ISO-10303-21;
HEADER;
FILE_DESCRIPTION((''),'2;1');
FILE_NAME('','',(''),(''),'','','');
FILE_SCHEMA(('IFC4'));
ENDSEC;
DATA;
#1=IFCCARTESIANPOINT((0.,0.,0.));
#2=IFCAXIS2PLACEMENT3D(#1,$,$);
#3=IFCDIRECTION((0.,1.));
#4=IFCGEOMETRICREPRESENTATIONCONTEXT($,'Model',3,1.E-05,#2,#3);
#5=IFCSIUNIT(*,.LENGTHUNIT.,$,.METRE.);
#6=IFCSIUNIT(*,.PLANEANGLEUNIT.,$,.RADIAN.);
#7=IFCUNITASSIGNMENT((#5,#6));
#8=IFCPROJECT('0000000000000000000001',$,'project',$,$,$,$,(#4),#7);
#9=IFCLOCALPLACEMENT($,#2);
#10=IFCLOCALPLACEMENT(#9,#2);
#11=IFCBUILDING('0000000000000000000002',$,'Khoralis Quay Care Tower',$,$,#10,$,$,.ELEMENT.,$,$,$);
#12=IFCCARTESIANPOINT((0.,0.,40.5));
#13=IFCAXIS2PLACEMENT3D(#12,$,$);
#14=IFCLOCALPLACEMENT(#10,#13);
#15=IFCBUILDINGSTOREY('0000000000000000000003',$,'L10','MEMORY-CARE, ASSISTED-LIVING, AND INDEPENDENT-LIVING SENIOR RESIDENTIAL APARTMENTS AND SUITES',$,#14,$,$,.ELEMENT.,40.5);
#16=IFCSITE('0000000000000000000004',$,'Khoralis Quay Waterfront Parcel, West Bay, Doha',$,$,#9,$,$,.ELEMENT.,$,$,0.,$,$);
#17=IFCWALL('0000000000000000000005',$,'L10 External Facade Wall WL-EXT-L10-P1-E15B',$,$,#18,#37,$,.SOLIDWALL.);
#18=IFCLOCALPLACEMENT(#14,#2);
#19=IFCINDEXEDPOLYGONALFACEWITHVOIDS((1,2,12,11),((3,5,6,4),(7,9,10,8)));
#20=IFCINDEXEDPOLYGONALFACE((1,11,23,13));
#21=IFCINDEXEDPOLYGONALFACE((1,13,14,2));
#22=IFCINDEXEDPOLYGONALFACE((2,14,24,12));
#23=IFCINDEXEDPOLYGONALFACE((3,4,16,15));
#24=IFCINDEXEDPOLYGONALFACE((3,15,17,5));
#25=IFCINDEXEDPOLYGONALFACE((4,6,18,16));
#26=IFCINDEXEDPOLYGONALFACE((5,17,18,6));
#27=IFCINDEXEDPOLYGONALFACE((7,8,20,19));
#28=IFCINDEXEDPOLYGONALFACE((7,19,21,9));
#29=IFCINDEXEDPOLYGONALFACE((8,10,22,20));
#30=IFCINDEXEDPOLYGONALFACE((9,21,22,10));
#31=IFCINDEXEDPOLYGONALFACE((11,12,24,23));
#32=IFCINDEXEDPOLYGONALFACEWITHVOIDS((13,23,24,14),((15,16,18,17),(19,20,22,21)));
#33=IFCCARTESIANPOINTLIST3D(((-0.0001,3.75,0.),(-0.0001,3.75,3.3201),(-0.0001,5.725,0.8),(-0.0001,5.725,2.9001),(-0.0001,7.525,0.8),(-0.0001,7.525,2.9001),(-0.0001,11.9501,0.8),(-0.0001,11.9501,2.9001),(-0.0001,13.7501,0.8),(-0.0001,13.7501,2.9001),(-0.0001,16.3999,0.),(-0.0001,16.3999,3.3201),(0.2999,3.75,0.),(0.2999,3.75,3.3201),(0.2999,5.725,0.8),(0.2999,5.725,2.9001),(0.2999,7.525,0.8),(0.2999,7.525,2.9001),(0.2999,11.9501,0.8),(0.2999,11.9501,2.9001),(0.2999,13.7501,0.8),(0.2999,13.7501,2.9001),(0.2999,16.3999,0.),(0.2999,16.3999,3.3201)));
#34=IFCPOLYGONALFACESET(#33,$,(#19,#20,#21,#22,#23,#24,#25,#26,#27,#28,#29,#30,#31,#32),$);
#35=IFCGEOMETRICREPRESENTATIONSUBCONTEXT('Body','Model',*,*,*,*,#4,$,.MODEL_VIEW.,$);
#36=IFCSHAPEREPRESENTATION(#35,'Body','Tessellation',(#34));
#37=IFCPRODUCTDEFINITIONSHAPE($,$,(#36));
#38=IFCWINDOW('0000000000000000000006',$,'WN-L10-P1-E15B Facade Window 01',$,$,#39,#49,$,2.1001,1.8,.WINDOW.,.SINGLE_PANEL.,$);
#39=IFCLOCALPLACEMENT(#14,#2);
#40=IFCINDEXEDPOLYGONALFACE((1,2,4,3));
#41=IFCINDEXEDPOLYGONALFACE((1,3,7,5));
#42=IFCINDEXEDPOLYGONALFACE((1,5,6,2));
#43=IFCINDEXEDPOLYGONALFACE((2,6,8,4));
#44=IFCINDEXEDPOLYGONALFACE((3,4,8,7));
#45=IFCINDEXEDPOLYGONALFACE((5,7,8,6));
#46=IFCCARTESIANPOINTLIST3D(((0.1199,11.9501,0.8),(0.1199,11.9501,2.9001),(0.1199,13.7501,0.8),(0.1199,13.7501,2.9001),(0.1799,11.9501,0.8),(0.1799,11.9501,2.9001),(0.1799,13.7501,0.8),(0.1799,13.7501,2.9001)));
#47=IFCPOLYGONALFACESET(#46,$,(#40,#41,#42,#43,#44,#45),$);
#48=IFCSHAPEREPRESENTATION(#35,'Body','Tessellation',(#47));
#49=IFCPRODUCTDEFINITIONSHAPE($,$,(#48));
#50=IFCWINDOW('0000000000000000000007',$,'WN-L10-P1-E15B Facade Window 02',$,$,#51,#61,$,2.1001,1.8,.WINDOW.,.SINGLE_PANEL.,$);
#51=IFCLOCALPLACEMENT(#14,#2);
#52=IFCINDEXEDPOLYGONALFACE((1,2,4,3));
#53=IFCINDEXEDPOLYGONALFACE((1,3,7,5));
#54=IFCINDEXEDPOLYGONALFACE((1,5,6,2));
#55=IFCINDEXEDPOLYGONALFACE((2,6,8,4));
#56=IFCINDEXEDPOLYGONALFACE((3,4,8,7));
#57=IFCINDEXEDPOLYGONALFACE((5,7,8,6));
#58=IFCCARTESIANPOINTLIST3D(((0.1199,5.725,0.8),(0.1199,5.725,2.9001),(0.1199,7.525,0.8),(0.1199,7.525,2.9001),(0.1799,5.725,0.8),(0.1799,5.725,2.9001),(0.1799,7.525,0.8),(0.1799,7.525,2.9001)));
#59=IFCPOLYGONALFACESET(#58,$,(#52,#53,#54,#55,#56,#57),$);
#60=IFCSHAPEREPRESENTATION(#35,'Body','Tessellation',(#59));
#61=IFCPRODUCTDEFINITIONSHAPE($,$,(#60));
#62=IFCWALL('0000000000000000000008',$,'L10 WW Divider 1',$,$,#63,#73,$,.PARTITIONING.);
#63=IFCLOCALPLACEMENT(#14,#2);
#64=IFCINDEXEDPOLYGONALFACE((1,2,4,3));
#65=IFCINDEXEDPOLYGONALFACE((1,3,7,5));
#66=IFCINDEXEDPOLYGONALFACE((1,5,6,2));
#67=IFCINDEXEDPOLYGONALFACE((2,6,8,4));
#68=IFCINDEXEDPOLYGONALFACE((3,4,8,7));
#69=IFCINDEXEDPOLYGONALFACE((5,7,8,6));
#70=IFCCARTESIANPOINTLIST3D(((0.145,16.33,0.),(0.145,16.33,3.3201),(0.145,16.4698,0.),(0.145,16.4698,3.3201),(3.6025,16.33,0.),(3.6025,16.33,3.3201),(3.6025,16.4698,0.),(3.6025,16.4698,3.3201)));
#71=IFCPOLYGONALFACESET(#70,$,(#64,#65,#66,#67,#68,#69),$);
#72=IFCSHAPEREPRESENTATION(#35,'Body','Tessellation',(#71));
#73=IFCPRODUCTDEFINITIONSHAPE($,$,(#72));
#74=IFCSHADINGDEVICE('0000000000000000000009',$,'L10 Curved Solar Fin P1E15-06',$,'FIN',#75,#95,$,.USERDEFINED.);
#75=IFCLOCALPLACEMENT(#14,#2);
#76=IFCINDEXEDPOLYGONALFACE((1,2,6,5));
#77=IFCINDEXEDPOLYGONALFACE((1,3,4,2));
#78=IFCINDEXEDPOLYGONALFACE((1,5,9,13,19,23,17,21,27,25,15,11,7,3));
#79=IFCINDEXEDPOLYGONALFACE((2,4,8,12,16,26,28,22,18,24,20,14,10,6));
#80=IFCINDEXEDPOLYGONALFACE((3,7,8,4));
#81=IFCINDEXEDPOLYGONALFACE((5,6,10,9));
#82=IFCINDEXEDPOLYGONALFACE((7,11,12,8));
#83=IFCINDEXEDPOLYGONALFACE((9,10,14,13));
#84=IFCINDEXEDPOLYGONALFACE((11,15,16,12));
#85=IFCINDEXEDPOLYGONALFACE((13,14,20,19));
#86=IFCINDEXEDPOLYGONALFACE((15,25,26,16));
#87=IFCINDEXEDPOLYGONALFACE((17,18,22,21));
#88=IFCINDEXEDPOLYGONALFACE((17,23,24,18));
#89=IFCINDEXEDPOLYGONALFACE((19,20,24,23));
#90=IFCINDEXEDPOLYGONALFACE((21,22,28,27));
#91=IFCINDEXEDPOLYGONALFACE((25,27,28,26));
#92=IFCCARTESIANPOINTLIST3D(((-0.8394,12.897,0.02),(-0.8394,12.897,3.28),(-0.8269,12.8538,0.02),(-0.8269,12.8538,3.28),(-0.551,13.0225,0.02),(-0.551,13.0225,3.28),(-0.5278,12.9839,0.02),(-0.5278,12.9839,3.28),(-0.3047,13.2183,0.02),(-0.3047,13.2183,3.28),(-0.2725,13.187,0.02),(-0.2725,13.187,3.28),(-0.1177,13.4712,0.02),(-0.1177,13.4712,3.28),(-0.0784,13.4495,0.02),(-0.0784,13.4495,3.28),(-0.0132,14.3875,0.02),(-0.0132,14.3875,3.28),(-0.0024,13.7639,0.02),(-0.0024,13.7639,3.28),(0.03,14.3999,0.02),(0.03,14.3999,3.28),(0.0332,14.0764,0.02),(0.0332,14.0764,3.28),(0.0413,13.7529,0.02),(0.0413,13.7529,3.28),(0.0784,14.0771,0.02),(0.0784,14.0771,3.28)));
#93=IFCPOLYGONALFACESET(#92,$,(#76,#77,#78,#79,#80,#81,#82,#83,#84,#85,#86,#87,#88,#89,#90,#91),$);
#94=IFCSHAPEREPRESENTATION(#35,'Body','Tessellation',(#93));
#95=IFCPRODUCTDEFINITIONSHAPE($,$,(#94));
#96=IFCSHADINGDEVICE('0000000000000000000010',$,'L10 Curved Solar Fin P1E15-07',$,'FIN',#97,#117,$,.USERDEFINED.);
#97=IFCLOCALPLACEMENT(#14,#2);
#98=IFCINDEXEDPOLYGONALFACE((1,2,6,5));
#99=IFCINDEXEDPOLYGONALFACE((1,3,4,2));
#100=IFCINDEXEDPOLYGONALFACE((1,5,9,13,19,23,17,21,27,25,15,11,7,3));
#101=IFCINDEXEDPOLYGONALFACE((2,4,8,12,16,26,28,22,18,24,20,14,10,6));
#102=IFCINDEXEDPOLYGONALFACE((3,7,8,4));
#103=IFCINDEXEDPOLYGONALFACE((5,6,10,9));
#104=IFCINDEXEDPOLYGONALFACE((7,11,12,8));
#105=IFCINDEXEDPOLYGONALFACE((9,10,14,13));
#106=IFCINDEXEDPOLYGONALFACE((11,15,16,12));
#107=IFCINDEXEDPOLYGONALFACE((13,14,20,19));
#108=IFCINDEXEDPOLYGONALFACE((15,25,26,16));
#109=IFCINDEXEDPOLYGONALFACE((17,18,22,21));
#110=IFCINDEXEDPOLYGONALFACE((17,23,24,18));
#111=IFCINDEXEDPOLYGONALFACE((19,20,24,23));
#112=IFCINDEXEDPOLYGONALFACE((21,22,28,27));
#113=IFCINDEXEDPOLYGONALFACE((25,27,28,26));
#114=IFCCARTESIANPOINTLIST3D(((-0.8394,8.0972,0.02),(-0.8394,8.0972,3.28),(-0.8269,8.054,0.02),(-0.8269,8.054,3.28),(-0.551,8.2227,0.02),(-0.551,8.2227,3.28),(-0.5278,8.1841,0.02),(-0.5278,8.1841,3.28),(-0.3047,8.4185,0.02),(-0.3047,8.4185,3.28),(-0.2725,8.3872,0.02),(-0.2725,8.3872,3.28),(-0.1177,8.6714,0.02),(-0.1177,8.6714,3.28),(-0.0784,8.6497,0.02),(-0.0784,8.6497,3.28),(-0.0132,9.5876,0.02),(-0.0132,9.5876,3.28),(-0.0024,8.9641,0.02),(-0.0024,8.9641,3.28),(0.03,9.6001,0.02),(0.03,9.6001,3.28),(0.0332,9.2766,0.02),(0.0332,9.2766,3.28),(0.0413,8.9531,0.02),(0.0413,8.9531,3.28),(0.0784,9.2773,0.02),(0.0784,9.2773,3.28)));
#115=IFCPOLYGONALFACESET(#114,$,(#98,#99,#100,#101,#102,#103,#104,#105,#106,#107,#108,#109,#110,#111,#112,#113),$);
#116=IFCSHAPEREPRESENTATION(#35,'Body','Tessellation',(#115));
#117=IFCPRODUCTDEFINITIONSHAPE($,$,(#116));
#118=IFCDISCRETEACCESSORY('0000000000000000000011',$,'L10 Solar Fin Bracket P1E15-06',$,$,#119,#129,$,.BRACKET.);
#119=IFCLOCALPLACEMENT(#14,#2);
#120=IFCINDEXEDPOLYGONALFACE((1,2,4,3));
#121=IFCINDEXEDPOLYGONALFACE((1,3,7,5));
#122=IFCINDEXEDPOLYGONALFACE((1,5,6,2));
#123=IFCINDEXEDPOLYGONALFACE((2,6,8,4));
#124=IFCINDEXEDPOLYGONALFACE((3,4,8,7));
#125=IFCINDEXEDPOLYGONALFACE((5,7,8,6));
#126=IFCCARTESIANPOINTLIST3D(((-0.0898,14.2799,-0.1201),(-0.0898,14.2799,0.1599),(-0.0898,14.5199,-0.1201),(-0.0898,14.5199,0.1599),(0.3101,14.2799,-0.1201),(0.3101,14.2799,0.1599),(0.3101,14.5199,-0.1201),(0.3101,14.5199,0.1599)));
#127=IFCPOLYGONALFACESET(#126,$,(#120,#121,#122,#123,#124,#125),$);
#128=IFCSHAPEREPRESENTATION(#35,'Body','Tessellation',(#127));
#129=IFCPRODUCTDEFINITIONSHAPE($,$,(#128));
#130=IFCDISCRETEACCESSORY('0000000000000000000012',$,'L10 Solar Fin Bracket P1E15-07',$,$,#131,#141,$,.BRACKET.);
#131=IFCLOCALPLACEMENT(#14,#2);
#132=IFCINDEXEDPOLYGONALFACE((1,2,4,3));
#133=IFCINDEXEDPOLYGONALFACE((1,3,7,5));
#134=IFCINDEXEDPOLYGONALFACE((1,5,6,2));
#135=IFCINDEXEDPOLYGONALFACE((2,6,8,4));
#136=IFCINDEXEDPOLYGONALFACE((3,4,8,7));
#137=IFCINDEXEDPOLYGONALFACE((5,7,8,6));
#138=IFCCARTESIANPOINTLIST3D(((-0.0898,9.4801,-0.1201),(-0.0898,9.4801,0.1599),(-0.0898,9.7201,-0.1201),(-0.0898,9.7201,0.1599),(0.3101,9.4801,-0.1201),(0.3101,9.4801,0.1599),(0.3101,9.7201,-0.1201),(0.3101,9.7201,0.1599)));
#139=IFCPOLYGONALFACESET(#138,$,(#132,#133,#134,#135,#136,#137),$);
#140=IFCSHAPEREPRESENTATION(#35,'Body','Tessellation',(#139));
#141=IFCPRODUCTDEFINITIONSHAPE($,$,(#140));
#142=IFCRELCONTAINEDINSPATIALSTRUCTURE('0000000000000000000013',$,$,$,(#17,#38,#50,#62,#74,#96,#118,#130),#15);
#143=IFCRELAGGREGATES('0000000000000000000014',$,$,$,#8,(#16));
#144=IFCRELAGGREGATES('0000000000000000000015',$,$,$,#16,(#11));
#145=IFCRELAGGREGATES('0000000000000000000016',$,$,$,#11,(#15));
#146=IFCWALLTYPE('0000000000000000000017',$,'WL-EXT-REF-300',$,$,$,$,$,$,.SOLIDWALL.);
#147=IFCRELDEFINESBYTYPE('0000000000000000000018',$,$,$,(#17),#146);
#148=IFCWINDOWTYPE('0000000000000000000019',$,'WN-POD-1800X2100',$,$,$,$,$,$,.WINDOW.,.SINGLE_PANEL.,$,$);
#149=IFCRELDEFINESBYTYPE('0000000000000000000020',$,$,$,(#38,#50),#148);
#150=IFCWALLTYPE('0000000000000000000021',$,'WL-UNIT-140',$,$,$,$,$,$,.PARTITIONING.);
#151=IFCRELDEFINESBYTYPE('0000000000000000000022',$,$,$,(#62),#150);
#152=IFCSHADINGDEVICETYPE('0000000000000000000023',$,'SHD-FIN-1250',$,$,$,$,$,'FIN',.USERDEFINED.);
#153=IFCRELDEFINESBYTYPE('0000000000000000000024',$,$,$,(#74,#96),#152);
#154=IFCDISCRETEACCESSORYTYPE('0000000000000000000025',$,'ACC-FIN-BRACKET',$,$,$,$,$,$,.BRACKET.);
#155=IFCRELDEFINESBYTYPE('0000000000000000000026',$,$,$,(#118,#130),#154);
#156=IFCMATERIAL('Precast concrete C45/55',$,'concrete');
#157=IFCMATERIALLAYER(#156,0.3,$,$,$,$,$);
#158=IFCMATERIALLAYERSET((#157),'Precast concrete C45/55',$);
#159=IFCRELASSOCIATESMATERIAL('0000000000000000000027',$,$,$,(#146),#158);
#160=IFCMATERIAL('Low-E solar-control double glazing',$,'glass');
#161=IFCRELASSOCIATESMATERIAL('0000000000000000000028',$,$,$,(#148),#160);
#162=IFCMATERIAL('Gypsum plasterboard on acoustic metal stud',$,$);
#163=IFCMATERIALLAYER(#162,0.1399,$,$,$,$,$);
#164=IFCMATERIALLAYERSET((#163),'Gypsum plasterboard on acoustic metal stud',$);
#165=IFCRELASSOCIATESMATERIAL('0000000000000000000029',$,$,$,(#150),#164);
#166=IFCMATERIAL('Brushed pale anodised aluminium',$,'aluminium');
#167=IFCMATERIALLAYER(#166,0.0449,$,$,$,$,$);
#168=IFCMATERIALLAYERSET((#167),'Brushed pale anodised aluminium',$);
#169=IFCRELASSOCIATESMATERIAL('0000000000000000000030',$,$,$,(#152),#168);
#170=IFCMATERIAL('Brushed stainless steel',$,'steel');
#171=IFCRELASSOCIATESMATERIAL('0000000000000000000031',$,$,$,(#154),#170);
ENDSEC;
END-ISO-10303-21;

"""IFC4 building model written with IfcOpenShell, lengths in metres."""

from ifc_helpers import new_model, si_unit, direction, frame, frame_2d, origin, origin_2d, place, context, subcontext, project, spatial, polyline, rectangle, outline, extrude, source, transform, mapped, material, layer, layer_set, type_object, element, fill, save


model = new_model("IFC4")

# Units and contexts
model_context = context("Model", 3, precision=1e-05, world=origin(), true_north=direction((0.0, 1.0)))
body_context = subcontext(model_context, "Body", "Model", "MODEL_VIEW")
ifc_project = project(units=[si_unit("LENGTHUNIT", "METRE"), si_unit("PLANEANGLEUNIT", "RADIAN")], contexts=[model_context])

# Site, building, storey
site_placement = place(None, origin())
site = spatial("IfcSite", under=ifc_project, at=site_placement, Name="Khoralis Quay Waterfront Parcel, West Bay, Doha", CompositionType="ELEMENT", RefElevation=0.0)
building_placement = place(site_placement, origin())
building = spatial("IfcBuilding", under=site, at=building_placement, Name="Khoralis Quay Care Tower", CompositionType="ELEMENT")
storey_placement = place(building_placement, frame((0.0, 0.0, 40.5)))
storey = spatial("IfcBuildingStorey", under=building, at=storey_placement, Name="L10", Description="MEMORY-CARE, ASSISTED-LIVING, AND INDEPENDENT-LIVING SENIOR RESIDENTIAL APARTMENTS AND SUITES", CompositionType="ELEMENT", Elevation=40.5)

# Shared definitions
ifc_material_1 = material(Name="Gypsum plasterboard on acoustic metal stud")

# Wall, openings, windows
ifc_material_2 = material(Name="Precast concrete C45/55", Category="concrete")
ifc_layer_1 = layer(ifc_material_2, 0.3)
ifc_layer_set_1 = layer_set([ifc_layer_1], Name="Precast concrete C45/55")
wall_type_1 = type_object("IfcWallType", Name="WL-EXT-REF-300", PredefinedType="SOLIDWALL", material=ifc_layer_set_1)
wall_1_placement = place(storey_placement, frame((0.1499, 16.3999, 0.0), z_axis=(0.0, 0.0, 1.0), x_axis=(0.0, -1.0, 0.0)))
wall_1 = element("IfcWall", 1, at=wall_1_placement, inside=storey, type_object=wall_type_1, Name="L10 External Facade Wall WL-EXT-L10-P1-E15B", PredefinedType="SOLIDWALL", context=body_context, shape_type="SweptSolid", body=[
    extrude(rectangle(XDim=12.6499, YDim=0.3, at=frame_2d((6.325, 0.0))), origin(), (0.0, 0.0, 1.0), 3.3201),
])
opening_1_placement = place(wall_1_placement, frame((2.6499, 0.0, 0.8)))
opening_1 = element("IfcOpeningElement", 2, at=opening_1_placement, cuts=wall_1, PredefinedType="OPENING", context=body_context, shape_type="SweptSolid", body=[
    extrude(rectangle(XDim=1.8, YDim=2.1001, at=frame_2d((0.8999, 1.05))), frame((0.0, 0.1602, 0.0), z_axis=(0.0, -1.0, 0.0), x_axis=(1.0, 0.0, 0.0)), (0.0, 0.0, 1.0), 0.3201),
])
opening_2_placement = place(wall_1_placement, frame((8.875, 0.0, 0.8)))
opening_2 = element("IfcOpeningElement", 3, at=opening_2_placement, cuts=wall_1, PredefinedType="OPENING", context=body_context, shape_type="SweptSolid", body=[
    extrude(rectangle(XDim=1.8, YDim=2.1001, at=frame_2d((0.8999, 1.05))), frame((0.0, 0.1602, 0.0), z_axis=(0.0, -1.0, 0.0), x_axis=(1.0, 0.0, 0.0)), (0.0, 0.0, 1.0), 0.3201),
])
ifc_material_3 = material(Name="Low-E solar-control double glazing", Category="glass")
window_type = type_object("IfcWindowType", Name="WN-POD-1800X2100", PartitioningType="SINGLE_PANEL", PredefinedType="WINDOW", material=ifc_material_3)
shared_shape_1 = source(origin(), body_context, "Body", "SweptSolid", [
    extrude(rectangle(XDim=1.8, YDim=2.1001, at=frame_2d((0.8999, 1.05))), frame((0.0, 0.03, 0.0), z_axis=(0.0, -1.0, 0.0), x_axis=(1.0, 0.0, 0.0)), (0.0, 0.0, 1.0), 0.0601),
])
window_1_placement = place(opening_1_placement, origin())
window_1 = element("IfcWindow", 4, at=window_1_placement, inside=storey, type_object=window_type, Name="WN-L10-P1-E15B Facade Window 01", OverallHeight=2.1001, OverallWidth=1.8, PartitioningType="SINGLE_PANEL", PredefinedType="WINDOW", context=body_context, shape_type="MappedRepresentation", body=[
    mapped(shared_shape_1, transform((0.0, 0.0, 0.0), scale=1.0)),
])
fill(opening_1, window_1)
window_2_placement = place(opening_2_placement, origin())
window_2 = element("IfcWindow", 5, at=window_2_placement, inside=storey, type_object=window_type, Name="WN-L10-P1-E15B Facade Window 02", OverallHeight=2.1001, OverallWidth=1.8, PartitioningType="SINGLE_PANEL", PredefinedType="WINDOW", context=body_context, shape_type="MappedRepresentation", body=[
    mapped(shared_shape_1, transform((0.0, 0.0, 0.0), scale=1.0)),
])
fill(opening_2, window_2)

# Wall
ifc_layer_2 = layer(ifc_material_1, 0.1399)
ifc_layer_set_2 = layer_set([ifc_layer_2], Name="Gypsum plasterboard on acoustic metal stud")
wall_type_2 = type_object("IfcWallType", Name="WL-UNIT-140", PredefinedType="PARTITIONING", material=ifc_layer_set_2)
wall_2_placement = place(storey_placement, frame((0.145, 16.3999, 0.0), z_axis=(0.0, 0.0, 1.0), x_axis=(1.0, 0.0, 0.0)))
element("IfcWall", 6, at=wall_2_placement, inside=storey, type_object=wall_type_2, Name="L10 WW Divider 1", PredefinedType="PARTITIONING", context=body_context, shape_type="SweptSolid", body=[
    extrude(rectangle(XDim=3.4575, YDim=0.1399, at=frame_2d((1.7288, 0.0))), origin(), (0.0, 0.0, 1.0), 3.3201),
])

# Shading devices
ifc_material_4 = material(Name="Brushed pale anodised aluminium", Category="aluminium")
ifc_layer_3 = layer(ifc_material_4, 0.0449)
ifc_layer_set_3 = layer_set([ifc_layer_3], Name="Brushed pale anodised aluminium")
shading_device_type = type_object("IfcShadingDeviceType", Name="SHD-FIN-1250", ElementType="FIN", PredefinedType="USERDEFINED", material=ifc_layer_set_3)
shared_shape_2 = source(origin(), body_context, "Body", "SweptSolid", [
    extrude(outline(polyline([(0.0, 0.0), (-0.0483, 0.3228), (-0.0112, 0.647), (0.1084, 0.9504), (0.3025, 1.2129), (0.5579, 1.416), (0.8569, 1.5461), (0.8694, 1.5029), (0.5811, 1.3774), (0.3347, 1.1816), (0.1477, 0.9287), (0.0325, 0.636), (-0.0032, 0.3235), (0.0432, 0.0125), (0.0, 0.0)])), origin(), (0.0, 0.0, 1.0), 3.26),
])
for number, where, z_axis, x_axis, name in (
    (7, (0.03, 14.3999, 0.02), (0.0, 0.0, 1.0), (-1.0, 0.0, 0.0), "L10 Curved Solar Fin P1E15-06"),
    (8, (0.03, 9.6001, 0.02), (0.0, 0.0, 1.0), (-1.0, 0.0, 0.0), "L10 Curved Solar Fin P1E15-07"),
):
    element("IfcShadingDevice", number, at=place(storey_placement, frame(where, z_axis=z_axis, x_axis=x_axis)), inside=storey, type_object=shading_device_type, Name=name, ObjectType="FIN", PredefinedType="USERDEFINED", context=body_context, shape_type="MappedRepresentation", body=[
        mapped(shared_shape_2, transform((0.0, 0.0, 0.0), scale=1.0)),
    ])

# Discrete accessories
ifc_material_5 = material(Name="Brushed stainless steel", Category="steel")
discrete_accessory_type = type_object("IfcDiscreteAccessoryType", Name="ACC-FIN-BRACKET", PredefinedType="BRACKET", material=ifc_material_5)
shared_shape_3 = source(origin(), body_context, "Body", "SweptSolid", [
    extrude(rectangle(XDim=0.3999, YDim=0.24, at=origin_2d()), origin(), (0.0, 0.0, 1.0), 0.28),
])
for number, where, z_axis, x_axis, name in (
    (9, (0.1101, 14.3999, -0.1201), (0.0, 0.0, 1.0), (-1.0, 0.0, 0.0), "L10 Solar Fin Bracket P1E15-06"),
    (10, (0.1101, 9.6001, -0.1201), (0.0, 0.0, 1.0), (-1.0, 0.0, 0.0), "L10 Solar Fin Bracket P1E15-07"),
):
    element("IfcDiscreteAccessory", number, at=place(storey_placement, frame(where, z_axis=z_axis, x_axis=x_axis)), inside=storey, type_object=discrete_accessory_type, Name=name, PredefinedType="BRACKET", context=body_context, shape_type="MappedRepresentation", body=[
        mapped(shared_shape_3, transform((0.0, 0.0, 0.0), scale=1.0)),
    ])

save(model, "model.ifc")
